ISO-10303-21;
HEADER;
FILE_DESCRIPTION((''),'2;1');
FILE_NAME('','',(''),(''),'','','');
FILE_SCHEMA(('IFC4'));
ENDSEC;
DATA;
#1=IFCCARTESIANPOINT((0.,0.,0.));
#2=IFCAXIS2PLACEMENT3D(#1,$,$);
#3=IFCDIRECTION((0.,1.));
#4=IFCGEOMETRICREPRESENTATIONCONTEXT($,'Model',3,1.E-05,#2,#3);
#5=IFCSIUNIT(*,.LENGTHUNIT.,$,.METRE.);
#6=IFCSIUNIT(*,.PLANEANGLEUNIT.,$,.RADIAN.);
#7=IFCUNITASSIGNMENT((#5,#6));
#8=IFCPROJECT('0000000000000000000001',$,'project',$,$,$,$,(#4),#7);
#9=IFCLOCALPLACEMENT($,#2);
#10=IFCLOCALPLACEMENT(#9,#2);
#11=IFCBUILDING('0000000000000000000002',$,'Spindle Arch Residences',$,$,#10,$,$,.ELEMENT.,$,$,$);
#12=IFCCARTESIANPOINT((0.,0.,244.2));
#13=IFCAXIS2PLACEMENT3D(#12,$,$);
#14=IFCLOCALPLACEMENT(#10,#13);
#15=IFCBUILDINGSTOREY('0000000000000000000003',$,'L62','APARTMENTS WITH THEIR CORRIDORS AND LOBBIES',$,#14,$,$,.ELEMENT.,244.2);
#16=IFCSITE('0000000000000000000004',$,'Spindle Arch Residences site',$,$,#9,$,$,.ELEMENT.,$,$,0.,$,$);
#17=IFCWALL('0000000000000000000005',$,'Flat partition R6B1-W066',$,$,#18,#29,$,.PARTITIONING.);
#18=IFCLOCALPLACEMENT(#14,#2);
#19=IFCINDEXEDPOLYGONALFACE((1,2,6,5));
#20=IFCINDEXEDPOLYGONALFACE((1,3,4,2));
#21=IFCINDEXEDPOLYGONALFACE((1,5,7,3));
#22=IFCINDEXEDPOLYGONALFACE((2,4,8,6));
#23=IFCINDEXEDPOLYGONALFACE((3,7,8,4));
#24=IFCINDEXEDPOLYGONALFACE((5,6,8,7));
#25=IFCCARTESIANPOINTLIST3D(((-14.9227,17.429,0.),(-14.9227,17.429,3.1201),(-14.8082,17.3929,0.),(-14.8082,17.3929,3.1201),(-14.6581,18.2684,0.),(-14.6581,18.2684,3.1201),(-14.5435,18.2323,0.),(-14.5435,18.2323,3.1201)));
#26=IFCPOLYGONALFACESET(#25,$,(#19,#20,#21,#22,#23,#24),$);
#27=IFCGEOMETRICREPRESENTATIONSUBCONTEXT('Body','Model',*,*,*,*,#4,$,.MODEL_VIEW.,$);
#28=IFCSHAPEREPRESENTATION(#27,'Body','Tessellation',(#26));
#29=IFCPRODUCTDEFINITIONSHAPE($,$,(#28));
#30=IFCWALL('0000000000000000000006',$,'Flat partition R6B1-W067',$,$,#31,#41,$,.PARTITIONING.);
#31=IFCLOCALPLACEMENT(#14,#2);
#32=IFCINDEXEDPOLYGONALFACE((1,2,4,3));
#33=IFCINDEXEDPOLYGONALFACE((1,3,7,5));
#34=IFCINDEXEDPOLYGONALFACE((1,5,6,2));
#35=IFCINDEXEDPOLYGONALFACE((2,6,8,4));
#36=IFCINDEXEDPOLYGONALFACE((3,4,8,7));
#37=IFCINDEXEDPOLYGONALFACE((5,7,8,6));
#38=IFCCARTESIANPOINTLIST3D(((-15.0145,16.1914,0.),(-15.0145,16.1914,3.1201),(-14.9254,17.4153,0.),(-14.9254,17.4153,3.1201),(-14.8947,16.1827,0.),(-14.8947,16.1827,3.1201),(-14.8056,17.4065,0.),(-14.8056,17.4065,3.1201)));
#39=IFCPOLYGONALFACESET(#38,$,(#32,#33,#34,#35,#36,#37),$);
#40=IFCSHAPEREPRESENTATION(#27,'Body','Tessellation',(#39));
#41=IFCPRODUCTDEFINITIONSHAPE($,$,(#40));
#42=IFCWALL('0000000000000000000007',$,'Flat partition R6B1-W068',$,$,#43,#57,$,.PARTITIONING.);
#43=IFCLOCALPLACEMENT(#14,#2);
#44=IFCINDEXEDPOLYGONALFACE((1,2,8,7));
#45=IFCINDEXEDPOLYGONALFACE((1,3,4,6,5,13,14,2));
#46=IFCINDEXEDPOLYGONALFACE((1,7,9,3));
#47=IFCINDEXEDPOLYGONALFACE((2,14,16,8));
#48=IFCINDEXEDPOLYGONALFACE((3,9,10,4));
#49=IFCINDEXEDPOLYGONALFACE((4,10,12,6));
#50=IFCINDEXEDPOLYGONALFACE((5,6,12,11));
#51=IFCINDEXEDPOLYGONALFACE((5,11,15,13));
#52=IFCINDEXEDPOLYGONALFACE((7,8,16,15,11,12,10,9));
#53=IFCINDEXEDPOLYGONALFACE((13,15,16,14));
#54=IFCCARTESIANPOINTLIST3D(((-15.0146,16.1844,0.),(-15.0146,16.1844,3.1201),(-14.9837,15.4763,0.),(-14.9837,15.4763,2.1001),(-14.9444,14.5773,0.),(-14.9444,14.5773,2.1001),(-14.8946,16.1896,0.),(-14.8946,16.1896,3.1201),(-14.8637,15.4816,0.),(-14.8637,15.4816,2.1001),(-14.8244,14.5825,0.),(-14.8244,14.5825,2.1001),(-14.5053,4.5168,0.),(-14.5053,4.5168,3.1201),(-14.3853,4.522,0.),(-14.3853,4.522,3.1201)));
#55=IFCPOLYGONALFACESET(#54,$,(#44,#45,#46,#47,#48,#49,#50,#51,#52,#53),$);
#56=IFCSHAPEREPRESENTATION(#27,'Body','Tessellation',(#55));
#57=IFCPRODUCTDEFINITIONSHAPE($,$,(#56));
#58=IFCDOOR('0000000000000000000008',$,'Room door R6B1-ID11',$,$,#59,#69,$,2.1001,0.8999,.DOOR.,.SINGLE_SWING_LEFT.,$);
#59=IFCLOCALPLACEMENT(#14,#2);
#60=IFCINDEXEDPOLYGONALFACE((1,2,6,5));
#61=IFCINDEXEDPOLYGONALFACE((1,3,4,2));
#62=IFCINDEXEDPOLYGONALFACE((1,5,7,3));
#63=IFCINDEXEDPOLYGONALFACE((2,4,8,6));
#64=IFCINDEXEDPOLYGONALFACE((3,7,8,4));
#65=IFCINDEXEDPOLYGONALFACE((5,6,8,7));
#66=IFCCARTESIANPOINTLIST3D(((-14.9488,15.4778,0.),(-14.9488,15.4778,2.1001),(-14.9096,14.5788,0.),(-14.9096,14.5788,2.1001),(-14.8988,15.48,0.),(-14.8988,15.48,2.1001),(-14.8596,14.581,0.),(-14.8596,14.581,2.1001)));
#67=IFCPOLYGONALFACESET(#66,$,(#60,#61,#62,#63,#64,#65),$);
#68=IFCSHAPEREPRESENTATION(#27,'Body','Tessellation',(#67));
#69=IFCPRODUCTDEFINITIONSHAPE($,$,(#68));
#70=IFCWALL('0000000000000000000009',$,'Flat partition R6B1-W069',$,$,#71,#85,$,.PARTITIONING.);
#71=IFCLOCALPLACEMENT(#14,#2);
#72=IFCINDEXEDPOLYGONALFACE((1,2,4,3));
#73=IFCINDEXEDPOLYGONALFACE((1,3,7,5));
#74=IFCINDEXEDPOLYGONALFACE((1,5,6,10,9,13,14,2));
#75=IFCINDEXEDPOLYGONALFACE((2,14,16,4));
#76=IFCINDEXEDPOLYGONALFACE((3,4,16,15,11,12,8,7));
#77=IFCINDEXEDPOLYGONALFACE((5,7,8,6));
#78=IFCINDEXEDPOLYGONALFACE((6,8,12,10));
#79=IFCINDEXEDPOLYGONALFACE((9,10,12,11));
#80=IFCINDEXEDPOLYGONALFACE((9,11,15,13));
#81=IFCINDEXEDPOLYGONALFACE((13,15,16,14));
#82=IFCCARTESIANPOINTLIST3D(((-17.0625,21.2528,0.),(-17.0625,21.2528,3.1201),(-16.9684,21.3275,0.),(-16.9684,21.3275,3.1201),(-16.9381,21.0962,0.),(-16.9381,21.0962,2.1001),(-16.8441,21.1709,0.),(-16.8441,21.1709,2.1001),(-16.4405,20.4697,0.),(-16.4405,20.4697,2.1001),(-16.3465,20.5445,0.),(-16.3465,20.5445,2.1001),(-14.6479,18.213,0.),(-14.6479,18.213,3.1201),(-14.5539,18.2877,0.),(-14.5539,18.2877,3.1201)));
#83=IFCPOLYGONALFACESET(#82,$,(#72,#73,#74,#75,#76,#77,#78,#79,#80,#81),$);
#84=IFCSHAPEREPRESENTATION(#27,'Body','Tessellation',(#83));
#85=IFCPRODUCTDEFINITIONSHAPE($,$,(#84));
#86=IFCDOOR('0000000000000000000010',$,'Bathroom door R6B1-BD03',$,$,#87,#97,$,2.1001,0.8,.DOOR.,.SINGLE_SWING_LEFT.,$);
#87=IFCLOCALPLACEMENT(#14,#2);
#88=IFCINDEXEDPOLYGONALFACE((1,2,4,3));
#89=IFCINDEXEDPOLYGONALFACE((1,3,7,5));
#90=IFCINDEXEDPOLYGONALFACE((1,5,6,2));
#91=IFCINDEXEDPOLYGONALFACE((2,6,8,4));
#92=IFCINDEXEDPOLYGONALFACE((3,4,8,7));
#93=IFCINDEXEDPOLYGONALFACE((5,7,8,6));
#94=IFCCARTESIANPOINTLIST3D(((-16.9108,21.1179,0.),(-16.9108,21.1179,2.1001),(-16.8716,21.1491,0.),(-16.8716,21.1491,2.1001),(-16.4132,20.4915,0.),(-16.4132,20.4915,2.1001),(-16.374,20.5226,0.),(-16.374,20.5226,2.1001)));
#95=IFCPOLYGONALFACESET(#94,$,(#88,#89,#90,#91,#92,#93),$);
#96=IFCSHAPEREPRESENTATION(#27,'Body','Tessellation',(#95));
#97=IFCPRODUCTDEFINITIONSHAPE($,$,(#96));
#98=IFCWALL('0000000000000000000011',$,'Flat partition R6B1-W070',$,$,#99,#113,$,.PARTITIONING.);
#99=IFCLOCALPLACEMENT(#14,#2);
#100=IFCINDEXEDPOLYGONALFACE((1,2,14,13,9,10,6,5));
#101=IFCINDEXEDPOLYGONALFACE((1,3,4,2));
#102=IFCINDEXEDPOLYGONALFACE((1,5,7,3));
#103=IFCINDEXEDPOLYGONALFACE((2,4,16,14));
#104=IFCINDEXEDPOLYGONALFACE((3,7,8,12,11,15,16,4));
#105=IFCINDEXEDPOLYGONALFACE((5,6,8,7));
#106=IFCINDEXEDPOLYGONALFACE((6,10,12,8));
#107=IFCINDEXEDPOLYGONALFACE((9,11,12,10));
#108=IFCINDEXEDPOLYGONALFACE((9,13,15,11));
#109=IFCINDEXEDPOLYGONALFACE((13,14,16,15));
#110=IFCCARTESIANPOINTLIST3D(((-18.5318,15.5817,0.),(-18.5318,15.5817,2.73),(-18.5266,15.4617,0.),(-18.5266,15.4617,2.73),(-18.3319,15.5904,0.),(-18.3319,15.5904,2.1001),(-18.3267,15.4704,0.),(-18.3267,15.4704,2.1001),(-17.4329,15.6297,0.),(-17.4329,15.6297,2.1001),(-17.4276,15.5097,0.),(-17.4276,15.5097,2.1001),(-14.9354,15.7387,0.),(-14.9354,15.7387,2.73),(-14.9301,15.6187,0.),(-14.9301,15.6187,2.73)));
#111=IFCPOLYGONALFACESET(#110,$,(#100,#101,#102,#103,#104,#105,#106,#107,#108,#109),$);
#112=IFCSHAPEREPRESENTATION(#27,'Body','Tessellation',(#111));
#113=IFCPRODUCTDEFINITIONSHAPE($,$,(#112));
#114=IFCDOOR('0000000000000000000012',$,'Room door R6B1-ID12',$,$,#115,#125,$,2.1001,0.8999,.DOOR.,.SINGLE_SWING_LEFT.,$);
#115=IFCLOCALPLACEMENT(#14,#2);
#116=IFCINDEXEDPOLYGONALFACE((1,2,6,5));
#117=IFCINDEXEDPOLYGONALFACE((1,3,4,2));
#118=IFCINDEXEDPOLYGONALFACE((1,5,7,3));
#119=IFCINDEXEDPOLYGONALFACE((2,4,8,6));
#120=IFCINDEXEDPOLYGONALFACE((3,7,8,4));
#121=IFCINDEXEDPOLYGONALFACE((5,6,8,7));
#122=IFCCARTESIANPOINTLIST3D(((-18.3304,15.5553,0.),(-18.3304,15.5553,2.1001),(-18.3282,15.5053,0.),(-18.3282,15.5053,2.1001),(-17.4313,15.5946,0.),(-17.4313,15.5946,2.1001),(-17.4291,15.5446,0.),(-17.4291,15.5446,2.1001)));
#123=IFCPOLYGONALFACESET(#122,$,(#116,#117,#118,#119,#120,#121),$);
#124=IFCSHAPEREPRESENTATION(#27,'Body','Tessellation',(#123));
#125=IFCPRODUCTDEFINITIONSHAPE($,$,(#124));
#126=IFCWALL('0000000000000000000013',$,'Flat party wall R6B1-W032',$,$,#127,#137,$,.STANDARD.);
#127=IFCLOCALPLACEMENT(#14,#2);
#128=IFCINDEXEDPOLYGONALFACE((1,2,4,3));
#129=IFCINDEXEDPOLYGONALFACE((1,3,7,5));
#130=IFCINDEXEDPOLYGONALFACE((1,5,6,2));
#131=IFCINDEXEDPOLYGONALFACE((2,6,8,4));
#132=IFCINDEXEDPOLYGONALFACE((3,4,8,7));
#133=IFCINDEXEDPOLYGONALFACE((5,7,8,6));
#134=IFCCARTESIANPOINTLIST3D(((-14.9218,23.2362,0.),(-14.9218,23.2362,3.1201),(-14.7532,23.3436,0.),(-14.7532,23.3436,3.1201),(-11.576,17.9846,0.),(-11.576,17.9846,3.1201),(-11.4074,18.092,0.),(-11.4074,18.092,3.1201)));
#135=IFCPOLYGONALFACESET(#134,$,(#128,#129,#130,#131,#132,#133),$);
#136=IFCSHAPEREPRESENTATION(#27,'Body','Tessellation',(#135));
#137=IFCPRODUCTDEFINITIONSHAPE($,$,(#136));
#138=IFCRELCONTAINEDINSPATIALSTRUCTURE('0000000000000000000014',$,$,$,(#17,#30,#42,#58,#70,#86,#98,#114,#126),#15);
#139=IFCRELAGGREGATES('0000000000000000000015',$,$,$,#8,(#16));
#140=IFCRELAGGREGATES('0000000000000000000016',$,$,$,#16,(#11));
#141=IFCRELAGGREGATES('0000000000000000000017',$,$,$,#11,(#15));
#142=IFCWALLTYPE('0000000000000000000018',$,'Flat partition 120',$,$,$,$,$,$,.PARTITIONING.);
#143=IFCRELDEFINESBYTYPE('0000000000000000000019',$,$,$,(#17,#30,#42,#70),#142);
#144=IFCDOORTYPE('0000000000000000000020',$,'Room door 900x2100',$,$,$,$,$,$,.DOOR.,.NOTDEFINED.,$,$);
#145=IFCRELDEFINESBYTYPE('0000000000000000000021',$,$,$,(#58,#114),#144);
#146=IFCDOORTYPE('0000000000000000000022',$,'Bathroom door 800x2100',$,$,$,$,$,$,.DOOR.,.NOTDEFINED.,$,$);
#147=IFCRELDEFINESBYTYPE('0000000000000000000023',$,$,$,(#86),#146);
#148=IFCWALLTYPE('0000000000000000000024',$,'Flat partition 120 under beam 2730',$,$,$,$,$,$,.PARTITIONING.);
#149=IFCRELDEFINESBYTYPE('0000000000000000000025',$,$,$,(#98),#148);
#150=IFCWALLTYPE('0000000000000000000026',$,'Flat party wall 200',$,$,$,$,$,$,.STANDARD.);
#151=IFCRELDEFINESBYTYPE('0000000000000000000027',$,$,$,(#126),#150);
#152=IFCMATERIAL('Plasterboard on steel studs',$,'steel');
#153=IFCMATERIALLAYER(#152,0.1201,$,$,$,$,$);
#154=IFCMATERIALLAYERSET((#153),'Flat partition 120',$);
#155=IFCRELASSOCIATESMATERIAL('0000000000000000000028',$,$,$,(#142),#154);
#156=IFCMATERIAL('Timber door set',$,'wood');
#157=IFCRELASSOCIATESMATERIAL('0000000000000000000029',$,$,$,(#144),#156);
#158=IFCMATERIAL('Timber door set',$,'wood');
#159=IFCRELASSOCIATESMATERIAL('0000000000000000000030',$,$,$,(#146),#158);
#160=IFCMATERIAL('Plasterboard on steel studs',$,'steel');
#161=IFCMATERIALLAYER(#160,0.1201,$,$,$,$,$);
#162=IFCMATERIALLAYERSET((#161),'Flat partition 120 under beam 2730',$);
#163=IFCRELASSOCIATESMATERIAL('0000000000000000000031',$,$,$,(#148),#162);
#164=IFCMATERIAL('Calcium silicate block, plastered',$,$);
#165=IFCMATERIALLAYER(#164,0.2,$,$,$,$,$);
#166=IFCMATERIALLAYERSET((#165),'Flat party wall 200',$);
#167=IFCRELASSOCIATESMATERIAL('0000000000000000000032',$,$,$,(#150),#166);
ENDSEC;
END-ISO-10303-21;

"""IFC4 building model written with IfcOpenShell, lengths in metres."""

from ifc_helpers import new_model, si_unit, direction, frame, frame_2d, origin, place, context, subcontext, project, spatial, rectangle, extrude, material, layer, layer_set, type_object, element, fill, save


model = new_model("IFC4")

# Units and contexts
model_context = context("Model", 3, precision=1e-05, world=origin(), true_north=direction((0.0, 1.0)))
body_context = subcontext(model_context, "Body", "Model", "MODEL_VIEW")
ifc_project = project(units=[si_unit("LENGTHUNIT", "METRE"), si_unit("PLANEANGLEUNIT", "RADIAN")], contexts=[model_context])

# Site, building, storey
site_placement = place(None, origin())
site = spatial("IfcSite", under=ifc_project, at=site_placement, Name="Spindle Arch Residences site", CompositionType="ELEMENT", RefElevation=0.0)
building_placement = place(site_placement, origin())
building = spatial("IfcBuilding", under=site, at=building_placement, Name="Spindle Arch Residences", CompositionType="ELEMENT")
storey_placement = place(building_placement, frame((0.0, 0.0, 244.2)))
storey = spatial("IfcBuildingStorey", under=building, at=storey_placement, Name="L62", Description="APARTMENTS WITH THEIR CORRIDORS AND LOBBIES", CompositionType="ELEMENT", Elevation=244.2)

# Walls
ifc_material_1 = material(Name="Plasterboard on steel studs", Category="steel")
ifc_layer_1 = layer(ifc_material_1, 0.1201)
ifc_layer_set_1 = layer_set([ifc_layer_1], Name="Flat partition 120")
wall_type_1 = type_object("IfcWallType", Name="Flat partition 120", PredefinedType="PARTITIONING", material=ifc_layer_set_1)
wall_1_placement = place(storey_placement, frame((-14.6008, 18.2502, 0.0), z_axis=(0.0, 0.0, 1.0), x_axis=(-0.300706, -0.953717, 0.0)))
element("IfcWall", 1, at=wall_1_placement, inside=storey, type_object=wall_type_1, Name="Flat partition R6B1-W066", PredefinedType="PARTITIONING", context=body_context, shape_type="SweptSolid", body=[
    extrude(rectangle(XDim=0.8801, YDim=0.1201, at=frame_2d((0.4399, 0.0))), origin(), (0.0, 0.0, 1.0), 3.1201),
])
wall_2_placement = place(storey_placement, frame((-14.8655, 17.4109, 0.0), z_axis=(0.0, 0.0, 1.0), x_axis=(-0.072618, -0.99736, 0.0)))
element("IfcWall", 2, at=wall_2_placement, inside=storey, type_object=wall_type_1, Name="Flat partition R6B1-W067", PredefinedType="PARTITIONING", context=body_context, shape_type="SweptSolid", body=[
    extrude(rectangle(XDim=1.2271, YDim=0.1201, at=frame_2d((0.6135, 0.0))), origin(), (0.0, 0.0, 1.0), 3.1201),
])

# Walls, openings, doors
wall_3_placement = place(storey_placement, frame((-14.9546, 16.187, 0.0), z_axis=(0.0, 0.0, 1.0), x_axis=(0.043608, -0.999049, 0.0)))
wall_3 = element("IfcWall", 3, at=wall_3_placement, inside=storey, type_object=wall_type_1, Name="Flat partition R6B1-W068", PredefinedType="PARTITIONING", context=body_context, shape_type="SweptSolid", body=[
    extrude(rectangle(XDim=11.6787, YDim=0.1201, at=frame_2d((5.8394, 0.0))), origin(), (0.0, 0.0, 1.0), 3.1201),
])
opening_1_placement = place(wall_3_placement, frame((0.7087, 0.0, 0.0)))
opening_1 = element("IfcOpeningElement", 4, at=opening_1_placement, cuts=wall_3, PredefinedType="OPENING", context=body_context, shape_type="SweptSolid", body=[
    extrude(rectangle(XDim=0.8999, YDim=2.1001, at=frame_2d((0.45, 1.05))), frame((0.0, 0.0701, 0.0), z_axis=(0.0, -1.0, 0.0), x_axis=(1.0, 0.0, 0.0)), (0.0, 0.0, 1.0), 0.1401),
])
ifc_material_2 = material(Name="Timber door set", Category="wood")
door_type_1 = type_object("IfcDoorType", Name="Room door 900x2100", OperationType="NOTDEFINED", PredefinedType="DOOR", material=ifc_material_2)
door_1_placement = place(opening_1_placement, origin())
door_1 = element("IfcDoor", 5, at=door_1_placement, inside=storey, type_object=door_type_1, Name="Room door R6B1-ID11", OperationType="SINGLE_SWING_LEFT", OverallHeight=2.1001, OverallWidth=0.8999, PredefinedType="DOOR", context=body_context, shape_type="SweptSolid", body=[
    extrude(rectangle(XDim=0.8999, YDim=2.1001, at=frame_2d((0.45, 1.05))), frame((0.0, 0.0249, 0.0), z_axis=(0.0, -1.0, 0.0), x_axis=(1.0, 0.0, 0.0)), (0.0, 0.0, 1.0), 0.05),
])
fill(opening_1, door_1)
wall_4_placement = place(storey_placement, frame((-17.0154, 21.29, 0.0), z_axis=(0.0, 0.0, 1.0), x_axis=(0.621976, -0.783036, 0.0)))
wall_4 = element("IfcWall", 6, at=wall_4_placement, inside=storey, type_object=wall_type_1, Name="Flat partition R6B1-W069", PredefinedType="PARTITIONING", context=body_context, shape_type="SweptSolid", body=[
    extrude(rectangle(XDim=3.8821, YDim=0.1201, at=frame_2d((1.9409, 0.0))), origin(), (0.0, 0.0, 1.0), 3.1201),
])
opening_2_placement = place(wall_4_placement, frame((0.2, 0.0, 0.0)))
opening_2 = element("IfcOpeningElement", 7, at=opening_2_placement, cuts=wall_4, PredefinedType="OPENING", context=body_context, shape_type="SweptSolid", body=[
    extrude(rectangle(XDim=0.8, YDim=2.1001, at=frame_2d((0.3999, 1.05))), frame((0.0, 0.0701, 0.0), z_axis=(0.0, -1.0, 0.0), x_axis=(1.0, 0.0, 0.0)), (0.0, 0.0, 1.0), 0.1401),
])
ifc_material_3 = material(Name="Timber door set", Category="wood")
door_type_2 = type_object("IfcDoorType", Name="Bathroom door 800x2100", OperationType="NOTDEFINED", PredefinedType="DOOR", material=ifc_material_3)
door_2_placement = place(opening_2_placement, origin())
door_2 = element("IfcDoor", 8, at=door_2_placement, inside=storey, type_object=door_type_2, Name="Bathroom door R6B1-BD03", OperationType="SINGLE_SWING_LEFT", OverallHeight=2.1001, OverallWidth=0.8, PredefinedType="DOOR", context=body_context, shape_type="SweptSolid", body=[
    extrude(rectangle(XDim=0.8, YDim=2.1001, at=frame_2d((0.3999, 1.05))), frame((0.0, 0.0249, 0.0), z_axis=(0.0, -1.0, 0.0), x_axis=(1.0, 0.0, 0.0)), (0.0, 0.0, 1.0), 0.05),
])
fill(opening_2, door_2)
ifc_material_4 = material(Name="Plasterboard on steel studs", Category="steel")
ifc_layer_2 = layer(ifc_material_4, 0.1201)
ifc_layer_set_2 = layer_set([ifc_layer_2], Name="Flat partition 120 under beam 2730")
wall_type_2 = type_object("IfcWallType", Name="Flat partition 120 under beam 2730", PredefinedType="PARTITIONING", material=ifc_layer_set_2)
wall_5_placement = place(storey_placement, frame((-18.5291, 15.5217, 0.0), z_axis=(0.0, 0.0, 1.0), x_axis=(0.999049, 0.043608, 0.0)))
wall_5 = element("IfcWall", 9, at=wall_5_placement, inside=storey, type_object=wall_type_2, Name="Flat partition R6B1-W070", PredefinedType="PARTITIONING", context=body_context, shape_type="SweptSolid", body=[
    extrude(rectangle(XDim=3.5999, YDim=0.1201, at=frame_2d((1.7998, 0.0))), origin(), (0.0, 0.0, 1.0), 2.73),
])
opening_3_placement = place(wall_5_placement, frame((0.2, 0.0, 0.0)))
opening_3 = element("IfcOpeningElement", 10, at=opening_3_placement, cuts=wall_5, PredefinedType="OPENING", context=body_context, shape_type="SweptSolid", body=[
    extrude(rectangle(XDim=0.8999, YDim=2.1001, at=frame_2d((0.45, 1.05))), frame((0.0, 0.0701, 0.0), z_axis=(0.0, -1.0, 0.0), x_axis=(1.0, 0.0, 0.0)), (0.0, 0.0, 1.0), 0.1401),
])
door_3_placement = place(opening_3_placement, origin())
door_3 = element("IfcDoor", 11, at=door_3_placement, inside=storey, type_object=door_type_1, Name="Room door R6B1-ID12", OperationType="SINGLE_SWING_LEFT", OverallHeight=2.1001, OverallWidth=0.8999, PredefinedType="DOOR", context=body_context, shape_type="SweptSolid", body=[
    extrude(rectangle(XDim=0.8999, YDim=2.1001, at=frame_2d((0.45, 1.05))), frame((0.0, 0.0249, 0.0), z_axis=(0.0, -1.0, 0.0), x_axis=(1.0, 0.0, 0.0)), (0.0, 0.0, 1.0), 0.05),
])
fill(opening_3, door_3)

# Wall
ifc_material_5 = material(Name="Calcium silicate block, plastered")
ifc_layer_3 = layer(ifc_material_5, 0.2)
ifc_layer_set_3 = layer_set([ifc_layer_3], Name="Flat party wall 200")
wall_type_3 = type_object("IfcWallType", Name="Flat party wall 200", PredefinedType="STANDARD", material=ifc_layer_set_3)
wall_6_placement = place(storey_placement, frame((-14.8374, 23.2898, 0.0), z_axis=(0.0, 0.0, 1.0), x_axis=(0.537317, -0.84338, 0.0)))
element("IfcWall", 12, at=wall_6_placement, inside=storey, type_object=wall_type_3, Name="Flat party wall R6B1-W032", PredefinedType="STANDARD", context=body_context, shape_type="SweptSolid", body=[
    extrude(rectangle(XDim=6.2268, YDim=0.2, at=frame_2d((3.1133, 0.0))), origin(), (0.0, 0.0, 1.0), 3.1201),
])

save(model, "model.ifc")
